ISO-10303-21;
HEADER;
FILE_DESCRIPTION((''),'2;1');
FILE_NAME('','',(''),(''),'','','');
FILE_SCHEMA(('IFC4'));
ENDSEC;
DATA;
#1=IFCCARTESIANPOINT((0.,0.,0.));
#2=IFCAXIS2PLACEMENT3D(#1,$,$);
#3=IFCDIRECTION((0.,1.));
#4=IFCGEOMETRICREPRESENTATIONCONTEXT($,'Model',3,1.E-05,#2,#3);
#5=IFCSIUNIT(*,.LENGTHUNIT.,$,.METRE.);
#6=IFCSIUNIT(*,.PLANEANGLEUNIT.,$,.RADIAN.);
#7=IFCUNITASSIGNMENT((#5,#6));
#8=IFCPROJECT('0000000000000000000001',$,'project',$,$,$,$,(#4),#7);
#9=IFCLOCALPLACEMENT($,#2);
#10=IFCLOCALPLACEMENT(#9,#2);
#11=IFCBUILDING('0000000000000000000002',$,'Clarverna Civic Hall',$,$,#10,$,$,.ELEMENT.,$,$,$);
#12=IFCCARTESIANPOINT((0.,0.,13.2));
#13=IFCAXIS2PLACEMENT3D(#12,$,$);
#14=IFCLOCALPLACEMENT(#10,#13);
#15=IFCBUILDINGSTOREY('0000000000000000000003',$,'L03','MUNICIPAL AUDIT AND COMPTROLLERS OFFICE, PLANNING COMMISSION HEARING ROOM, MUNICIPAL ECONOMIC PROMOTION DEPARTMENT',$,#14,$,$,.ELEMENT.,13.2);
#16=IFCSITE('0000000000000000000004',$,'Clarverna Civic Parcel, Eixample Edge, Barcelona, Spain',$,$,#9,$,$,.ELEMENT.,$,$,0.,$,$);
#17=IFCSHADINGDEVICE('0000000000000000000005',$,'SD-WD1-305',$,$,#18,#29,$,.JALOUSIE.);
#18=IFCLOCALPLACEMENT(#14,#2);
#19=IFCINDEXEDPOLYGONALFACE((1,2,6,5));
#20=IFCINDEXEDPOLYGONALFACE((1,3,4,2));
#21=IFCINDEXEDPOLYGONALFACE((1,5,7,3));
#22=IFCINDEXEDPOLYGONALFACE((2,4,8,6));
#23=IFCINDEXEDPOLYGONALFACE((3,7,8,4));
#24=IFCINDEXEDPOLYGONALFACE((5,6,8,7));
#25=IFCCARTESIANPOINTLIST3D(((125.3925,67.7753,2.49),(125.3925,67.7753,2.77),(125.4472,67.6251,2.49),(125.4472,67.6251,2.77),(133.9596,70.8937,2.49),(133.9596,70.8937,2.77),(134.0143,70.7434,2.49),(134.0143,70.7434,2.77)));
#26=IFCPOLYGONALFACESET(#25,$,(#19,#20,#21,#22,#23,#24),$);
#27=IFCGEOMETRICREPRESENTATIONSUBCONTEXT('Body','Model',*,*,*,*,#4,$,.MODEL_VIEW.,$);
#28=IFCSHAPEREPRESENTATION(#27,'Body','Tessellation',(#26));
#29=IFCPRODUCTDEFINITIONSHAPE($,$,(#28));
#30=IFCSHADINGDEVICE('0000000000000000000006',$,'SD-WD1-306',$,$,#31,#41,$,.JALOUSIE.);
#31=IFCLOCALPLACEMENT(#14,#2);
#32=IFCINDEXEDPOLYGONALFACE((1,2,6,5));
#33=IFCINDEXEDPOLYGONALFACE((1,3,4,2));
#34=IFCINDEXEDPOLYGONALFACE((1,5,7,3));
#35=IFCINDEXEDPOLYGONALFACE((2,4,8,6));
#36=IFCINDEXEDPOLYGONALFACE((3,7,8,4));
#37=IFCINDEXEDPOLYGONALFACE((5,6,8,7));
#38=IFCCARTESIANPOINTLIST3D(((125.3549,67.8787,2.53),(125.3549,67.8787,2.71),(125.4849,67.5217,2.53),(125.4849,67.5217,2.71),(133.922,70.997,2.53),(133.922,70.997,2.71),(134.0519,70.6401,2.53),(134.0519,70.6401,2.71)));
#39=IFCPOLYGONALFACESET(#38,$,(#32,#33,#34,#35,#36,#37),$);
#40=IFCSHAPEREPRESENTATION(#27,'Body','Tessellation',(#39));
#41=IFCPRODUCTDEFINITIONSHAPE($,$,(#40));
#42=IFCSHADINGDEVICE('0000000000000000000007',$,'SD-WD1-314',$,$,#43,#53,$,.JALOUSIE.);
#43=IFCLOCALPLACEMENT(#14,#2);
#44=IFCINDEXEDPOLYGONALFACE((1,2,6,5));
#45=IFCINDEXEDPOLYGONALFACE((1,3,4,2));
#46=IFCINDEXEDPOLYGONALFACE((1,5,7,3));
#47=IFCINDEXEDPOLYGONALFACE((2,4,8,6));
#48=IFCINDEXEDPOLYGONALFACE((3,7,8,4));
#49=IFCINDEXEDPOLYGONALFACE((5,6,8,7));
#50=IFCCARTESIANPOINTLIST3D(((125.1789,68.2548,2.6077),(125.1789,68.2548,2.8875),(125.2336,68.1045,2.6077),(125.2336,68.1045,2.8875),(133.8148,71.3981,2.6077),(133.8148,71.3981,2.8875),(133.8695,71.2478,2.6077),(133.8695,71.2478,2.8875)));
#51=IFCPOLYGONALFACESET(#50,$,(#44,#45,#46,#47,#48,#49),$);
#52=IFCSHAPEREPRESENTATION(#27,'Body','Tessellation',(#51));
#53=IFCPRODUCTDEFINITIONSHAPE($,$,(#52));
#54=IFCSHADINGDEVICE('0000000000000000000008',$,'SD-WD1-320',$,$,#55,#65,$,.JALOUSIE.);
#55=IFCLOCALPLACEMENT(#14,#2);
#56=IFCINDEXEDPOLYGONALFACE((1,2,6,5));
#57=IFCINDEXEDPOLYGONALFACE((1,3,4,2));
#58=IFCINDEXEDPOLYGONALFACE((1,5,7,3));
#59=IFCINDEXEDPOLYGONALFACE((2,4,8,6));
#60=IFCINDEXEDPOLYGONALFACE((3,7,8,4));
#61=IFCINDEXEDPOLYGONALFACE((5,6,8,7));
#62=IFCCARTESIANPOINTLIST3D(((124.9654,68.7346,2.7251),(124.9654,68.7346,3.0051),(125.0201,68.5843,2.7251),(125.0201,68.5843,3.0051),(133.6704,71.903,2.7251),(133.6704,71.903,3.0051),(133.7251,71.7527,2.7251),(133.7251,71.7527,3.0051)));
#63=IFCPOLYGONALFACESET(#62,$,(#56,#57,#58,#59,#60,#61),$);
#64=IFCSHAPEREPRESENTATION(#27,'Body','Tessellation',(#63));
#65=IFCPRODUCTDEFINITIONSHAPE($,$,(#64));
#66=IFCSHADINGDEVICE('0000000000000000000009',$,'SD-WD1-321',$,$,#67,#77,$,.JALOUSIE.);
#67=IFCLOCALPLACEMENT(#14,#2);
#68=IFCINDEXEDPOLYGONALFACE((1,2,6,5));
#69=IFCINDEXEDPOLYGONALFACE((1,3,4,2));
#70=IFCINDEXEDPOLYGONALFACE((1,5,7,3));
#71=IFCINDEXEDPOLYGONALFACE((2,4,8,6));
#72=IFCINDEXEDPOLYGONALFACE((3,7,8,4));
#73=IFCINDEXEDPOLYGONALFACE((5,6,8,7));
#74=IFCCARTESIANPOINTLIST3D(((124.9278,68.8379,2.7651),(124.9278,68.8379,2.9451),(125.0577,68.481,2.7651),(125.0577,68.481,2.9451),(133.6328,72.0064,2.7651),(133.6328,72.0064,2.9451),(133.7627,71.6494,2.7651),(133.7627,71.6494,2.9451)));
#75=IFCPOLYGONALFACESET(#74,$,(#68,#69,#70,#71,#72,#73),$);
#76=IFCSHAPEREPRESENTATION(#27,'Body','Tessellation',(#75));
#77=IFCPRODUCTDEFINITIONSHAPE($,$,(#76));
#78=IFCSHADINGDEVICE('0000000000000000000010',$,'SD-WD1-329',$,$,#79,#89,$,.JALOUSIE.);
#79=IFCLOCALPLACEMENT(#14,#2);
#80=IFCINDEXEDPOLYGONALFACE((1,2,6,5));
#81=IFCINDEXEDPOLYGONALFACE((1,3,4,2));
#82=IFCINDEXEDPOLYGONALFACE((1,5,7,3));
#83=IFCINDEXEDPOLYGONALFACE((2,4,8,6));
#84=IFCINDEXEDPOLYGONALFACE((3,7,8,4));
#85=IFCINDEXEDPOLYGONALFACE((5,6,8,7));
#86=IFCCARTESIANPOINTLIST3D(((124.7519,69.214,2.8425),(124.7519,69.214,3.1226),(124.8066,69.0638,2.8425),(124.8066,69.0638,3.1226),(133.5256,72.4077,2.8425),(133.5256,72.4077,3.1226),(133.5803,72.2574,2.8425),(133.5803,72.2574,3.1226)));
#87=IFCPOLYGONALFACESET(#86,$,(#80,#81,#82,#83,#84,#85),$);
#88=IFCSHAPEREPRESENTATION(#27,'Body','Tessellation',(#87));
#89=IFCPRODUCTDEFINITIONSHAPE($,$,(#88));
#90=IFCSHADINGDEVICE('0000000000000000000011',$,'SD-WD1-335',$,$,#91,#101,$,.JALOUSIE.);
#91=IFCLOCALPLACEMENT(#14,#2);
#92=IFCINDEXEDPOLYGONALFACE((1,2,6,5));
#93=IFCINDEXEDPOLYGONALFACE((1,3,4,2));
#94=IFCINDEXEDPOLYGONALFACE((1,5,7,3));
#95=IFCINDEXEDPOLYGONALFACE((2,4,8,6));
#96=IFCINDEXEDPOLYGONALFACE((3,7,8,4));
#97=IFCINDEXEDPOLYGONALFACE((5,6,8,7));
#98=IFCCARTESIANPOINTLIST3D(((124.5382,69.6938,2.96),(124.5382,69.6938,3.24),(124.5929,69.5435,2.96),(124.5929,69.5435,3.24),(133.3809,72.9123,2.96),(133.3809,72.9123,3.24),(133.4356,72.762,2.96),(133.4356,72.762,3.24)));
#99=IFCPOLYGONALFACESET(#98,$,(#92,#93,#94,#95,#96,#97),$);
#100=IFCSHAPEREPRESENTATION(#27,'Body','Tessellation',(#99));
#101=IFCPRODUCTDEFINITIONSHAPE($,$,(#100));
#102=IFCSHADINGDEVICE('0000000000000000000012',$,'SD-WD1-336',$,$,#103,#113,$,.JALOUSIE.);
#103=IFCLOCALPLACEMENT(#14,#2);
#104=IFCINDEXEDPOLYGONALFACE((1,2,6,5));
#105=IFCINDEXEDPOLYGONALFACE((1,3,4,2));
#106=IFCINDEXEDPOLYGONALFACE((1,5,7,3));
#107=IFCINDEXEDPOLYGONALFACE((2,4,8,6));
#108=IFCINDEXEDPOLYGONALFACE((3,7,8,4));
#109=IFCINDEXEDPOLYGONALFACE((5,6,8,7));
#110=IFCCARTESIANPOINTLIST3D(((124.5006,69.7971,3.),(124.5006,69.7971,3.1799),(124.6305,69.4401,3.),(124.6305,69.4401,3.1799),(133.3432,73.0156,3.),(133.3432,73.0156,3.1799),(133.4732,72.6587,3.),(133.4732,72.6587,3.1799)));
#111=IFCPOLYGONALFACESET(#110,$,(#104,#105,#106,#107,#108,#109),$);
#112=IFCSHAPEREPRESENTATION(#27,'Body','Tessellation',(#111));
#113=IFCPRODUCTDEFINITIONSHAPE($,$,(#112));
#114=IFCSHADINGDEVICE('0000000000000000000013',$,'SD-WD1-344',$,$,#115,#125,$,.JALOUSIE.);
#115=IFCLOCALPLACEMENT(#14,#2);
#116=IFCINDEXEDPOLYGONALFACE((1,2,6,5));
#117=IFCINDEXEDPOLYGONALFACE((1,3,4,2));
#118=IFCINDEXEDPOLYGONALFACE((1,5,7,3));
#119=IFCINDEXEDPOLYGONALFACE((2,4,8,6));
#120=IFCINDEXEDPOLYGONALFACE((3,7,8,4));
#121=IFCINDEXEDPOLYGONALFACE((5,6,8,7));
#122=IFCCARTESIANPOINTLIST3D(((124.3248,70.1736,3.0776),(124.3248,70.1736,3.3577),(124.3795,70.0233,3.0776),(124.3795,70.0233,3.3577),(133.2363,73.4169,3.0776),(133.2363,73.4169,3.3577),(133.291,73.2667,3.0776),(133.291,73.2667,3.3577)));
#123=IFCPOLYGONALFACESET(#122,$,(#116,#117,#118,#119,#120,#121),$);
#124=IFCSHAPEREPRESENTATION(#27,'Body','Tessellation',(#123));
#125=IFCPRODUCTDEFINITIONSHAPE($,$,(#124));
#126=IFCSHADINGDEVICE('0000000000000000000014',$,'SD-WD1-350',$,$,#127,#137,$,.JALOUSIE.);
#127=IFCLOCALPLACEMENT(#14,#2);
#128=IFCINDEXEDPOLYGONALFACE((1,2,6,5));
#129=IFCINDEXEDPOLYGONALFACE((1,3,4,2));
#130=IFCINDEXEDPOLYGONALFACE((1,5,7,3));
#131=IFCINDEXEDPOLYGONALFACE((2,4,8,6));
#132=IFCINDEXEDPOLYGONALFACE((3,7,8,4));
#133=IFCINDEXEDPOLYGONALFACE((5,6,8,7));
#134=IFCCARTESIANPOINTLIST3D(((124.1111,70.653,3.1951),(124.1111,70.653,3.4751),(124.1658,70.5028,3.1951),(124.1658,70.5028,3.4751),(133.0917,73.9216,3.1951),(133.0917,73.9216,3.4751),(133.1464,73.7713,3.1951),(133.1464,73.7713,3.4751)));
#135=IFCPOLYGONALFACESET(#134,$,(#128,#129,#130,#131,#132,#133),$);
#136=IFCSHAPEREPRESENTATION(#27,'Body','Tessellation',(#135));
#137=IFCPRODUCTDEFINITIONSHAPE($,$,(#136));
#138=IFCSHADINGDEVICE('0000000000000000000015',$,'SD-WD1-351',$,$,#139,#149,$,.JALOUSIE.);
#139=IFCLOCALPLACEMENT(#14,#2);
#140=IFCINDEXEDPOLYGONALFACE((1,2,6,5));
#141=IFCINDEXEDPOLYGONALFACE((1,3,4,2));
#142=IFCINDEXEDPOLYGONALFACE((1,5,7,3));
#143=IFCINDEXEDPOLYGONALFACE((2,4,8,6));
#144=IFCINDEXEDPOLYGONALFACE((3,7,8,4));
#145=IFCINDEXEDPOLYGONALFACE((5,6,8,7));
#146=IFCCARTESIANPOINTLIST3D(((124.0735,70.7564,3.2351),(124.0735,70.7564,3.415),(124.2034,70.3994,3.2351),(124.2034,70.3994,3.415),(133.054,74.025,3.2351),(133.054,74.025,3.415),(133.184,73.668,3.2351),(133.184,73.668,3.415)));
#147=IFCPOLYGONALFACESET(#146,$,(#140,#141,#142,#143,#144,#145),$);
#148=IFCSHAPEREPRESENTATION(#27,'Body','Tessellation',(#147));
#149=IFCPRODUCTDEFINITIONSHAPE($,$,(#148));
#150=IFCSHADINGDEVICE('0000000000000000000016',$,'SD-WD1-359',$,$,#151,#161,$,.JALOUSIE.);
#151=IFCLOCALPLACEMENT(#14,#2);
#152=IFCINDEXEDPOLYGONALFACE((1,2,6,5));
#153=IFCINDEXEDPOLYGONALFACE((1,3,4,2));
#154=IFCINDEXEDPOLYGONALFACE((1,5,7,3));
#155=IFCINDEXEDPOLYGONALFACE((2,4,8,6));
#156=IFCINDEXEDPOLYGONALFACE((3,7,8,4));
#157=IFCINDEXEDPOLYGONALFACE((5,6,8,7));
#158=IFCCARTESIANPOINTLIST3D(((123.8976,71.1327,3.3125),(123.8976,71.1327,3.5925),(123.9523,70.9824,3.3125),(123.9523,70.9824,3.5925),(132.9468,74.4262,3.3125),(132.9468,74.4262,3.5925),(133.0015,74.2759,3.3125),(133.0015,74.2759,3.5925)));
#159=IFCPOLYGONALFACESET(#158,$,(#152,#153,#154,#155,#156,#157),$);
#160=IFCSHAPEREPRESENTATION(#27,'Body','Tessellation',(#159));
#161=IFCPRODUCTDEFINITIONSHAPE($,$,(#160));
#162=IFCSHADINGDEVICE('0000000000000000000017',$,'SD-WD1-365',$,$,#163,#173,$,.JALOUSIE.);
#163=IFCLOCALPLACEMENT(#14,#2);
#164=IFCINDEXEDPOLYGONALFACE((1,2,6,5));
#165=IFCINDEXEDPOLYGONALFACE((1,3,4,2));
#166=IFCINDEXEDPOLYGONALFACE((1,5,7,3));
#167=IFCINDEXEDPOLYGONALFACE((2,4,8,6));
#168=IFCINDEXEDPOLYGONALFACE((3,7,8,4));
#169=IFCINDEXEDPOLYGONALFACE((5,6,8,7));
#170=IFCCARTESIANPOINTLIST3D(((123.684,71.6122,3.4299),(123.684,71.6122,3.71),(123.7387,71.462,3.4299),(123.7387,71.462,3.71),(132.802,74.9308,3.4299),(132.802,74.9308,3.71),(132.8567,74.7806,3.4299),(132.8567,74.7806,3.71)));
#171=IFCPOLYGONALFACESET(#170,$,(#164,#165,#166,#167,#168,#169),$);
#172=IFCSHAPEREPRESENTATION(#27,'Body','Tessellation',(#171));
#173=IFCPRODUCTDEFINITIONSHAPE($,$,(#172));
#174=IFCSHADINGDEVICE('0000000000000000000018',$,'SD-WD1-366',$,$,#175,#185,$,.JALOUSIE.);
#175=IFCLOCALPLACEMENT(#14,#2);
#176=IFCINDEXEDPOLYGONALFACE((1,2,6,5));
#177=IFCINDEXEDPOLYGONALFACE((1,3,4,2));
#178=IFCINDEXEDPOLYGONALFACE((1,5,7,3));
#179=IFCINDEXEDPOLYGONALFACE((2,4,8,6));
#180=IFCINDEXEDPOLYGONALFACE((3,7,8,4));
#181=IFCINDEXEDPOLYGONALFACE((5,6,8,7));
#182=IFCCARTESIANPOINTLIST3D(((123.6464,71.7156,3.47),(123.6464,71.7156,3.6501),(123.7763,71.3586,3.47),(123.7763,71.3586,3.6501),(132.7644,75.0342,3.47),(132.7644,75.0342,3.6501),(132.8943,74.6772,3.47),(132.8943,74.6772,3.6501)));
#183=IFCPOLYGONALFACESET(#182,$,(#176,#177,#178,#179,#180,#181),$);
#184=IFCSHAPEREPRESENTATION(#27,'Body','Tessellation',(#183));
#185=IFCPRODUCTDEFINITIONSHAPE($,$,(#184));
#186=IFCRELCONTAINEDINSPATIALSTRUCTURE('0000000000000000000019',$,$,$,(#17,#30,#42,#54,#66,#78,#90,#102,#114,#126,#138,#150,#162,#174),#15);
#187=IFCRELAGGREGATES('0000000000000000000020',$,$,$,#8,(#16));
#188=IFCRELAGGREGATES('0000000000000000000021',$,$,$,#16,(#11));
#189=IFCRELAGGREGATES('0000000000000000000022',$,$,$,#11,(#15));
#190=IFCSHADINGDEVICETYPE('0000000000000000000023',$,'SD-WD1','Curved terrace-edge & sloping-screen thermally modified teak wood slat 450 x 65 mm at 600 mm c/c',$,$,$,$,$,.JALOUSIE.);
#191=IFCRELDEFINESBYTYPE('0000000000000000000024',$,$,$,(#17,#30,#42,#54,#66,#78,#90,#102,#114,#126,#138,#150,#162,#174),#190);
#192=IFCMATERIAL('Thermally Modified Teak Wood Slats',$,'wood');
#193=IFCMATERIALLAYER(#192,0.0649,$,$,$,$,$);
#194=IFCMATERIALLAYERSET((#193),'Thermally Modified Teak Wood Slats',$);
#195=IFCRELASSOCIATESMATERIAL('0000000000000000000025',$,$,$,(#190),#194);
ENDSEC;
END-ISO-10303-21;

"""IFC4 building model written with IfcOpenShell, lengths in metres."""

from ifc_helpers import new_model, si_unit, direction, frame, frame_2d, origin, place, context, subcontext, project, spatial, rectangle, extrude, material, layer, layer_set, type_object, element, save


model = new_model("IFC4")

# Units and contexts
model_context = context("Model", 3, precision=1e-05, world=origin(), true_north=direction((0.0, 1.0)))
body_context = subcontext(model_context, "Body", "Model", "MODEL_VIEW")
ifc_project = project(units=[si_unit("LENGTHUNIT", "METRE"), si_unit("PLANEANGLEUNIT", "RADIAN")], contexts=[model_context])

# Site, building, storey
site_placement = place(None, origin())
site = spatial("IfcSite", under=ifc_project, at=site_placement, Name="Clarverna Civic Parcel, Eixample Edge, Barcelona, Spain", CompositionType="ELEMENT", RefElevation=0.0)
building_placement = place(site_placement, origin())
building = spatial("IfcBuilding", under=site, at=building_placement, Name="Clarverna Civic Hall", CompositionType="ELEMENT")
storey_placement = place(building_placement, frame((0.0, 0.0, 13.2)))
storey = spatial("IfcBuildingStorey", under=building, at=storey_placement, Name="L03", Description="MUNICIPAL AUDIT AND COMPTROLLERS OFFICE, PLANNING COMMISSION HEARING ROOM, MUNICIPAL ECONOMIC PROMOTION DEPARTMENT", CompositionType="ELEMENT", Elevation=13.2)

# Shading devices
ifc_material_1 = material(Name="Thermally Modified Teak Wood Slats", Category="wood")
ifc_layer_1 = layer(ifc_material_1, 0.0649)
ifc_layer_set_1 = layer_set([ifc_layer_1], Name="Thermally Modified Teak Wood Slats")
shading_device_type = type_object("IfcShadingDeviceType", Name="SD-WD1", Description="Curved terrace-edge & sloping-screen thermally modified teak wood slat 450 x 65 mm at 600 mm c/c", PredefinedType="JALOUSIE", material=ifc_layer_set_1)
shading_device_1_placement = place(storey_placement, frame((133.9871, 70.8186, 2.49), z_axis=(0.0, 0.0, 1.0), x_axis=(-0.939685, -0.342042, 0.0)))
element("IfcShadingDevice", 1, at=shading_device_1_placement, inside=storey, type_object=shading_device_type, Name="SD-WD1-305", PredefinedType="JALOUSIE", context=body_context, shape_type="SweptSolid", body=[
    extrude(rectangle(XDim=9.1169, YDim=0.1599, at=frame_2d((4.5586, 0.0))), origin(), (0.0, 0.0, 1.0), 0.28),
])
shading_device_2_placement = place(storey_placement, frame((133.9871, 70.8186, 2.53), z_axis=(0.0, 0.0, 1.0), x_axis=(-0.939685, -0.342042, 0.0)))
element("IfcShadingDevice", 2, at=shading_device_2_placement, inside=storey, type_object=shading_device_type, Name="SD-WD1-306", PredefinedType="JALOUSIE", context=body_context, shape_type="SweptSolid", body=[
    extrude(rectangle(XDim=9.1169, YDim=0.3799, at=frame_2d((4.5586, 0.0))), origin(), (0.0, 0.0, 1.0), 0.1799),
])
shading_device_3_placement = place(storey_placement, frame((133.8423, 71.323, 2.6077), z_axis=(0.0, 0.0, 1.0), x_axis=(-0.93969, -0.342027, 0.0)))
element("IfcShadingDevice", 3, at=shading_device_3_placement, inside=storey, type_object=shading_device_type, Name="SD-WD1-314", PredefinedType="JALOUSIE", context=body_context, shape_type="SweptSolid", body=[
    extrude(rectangle(XDim=9.1902, YDim=0.1599, at=frame_2d((4.5952, 0.0))), origin(), (0.0, 0.0, 1.0), 0.2798),
])
shading_device_4_placement = place(storey_placement, frame((133.6978, 71.8279, 2.7251), z_axis=(0.0, 0.0, 1.0), x_axis=(-0.93969, -0.342027, 0.0)))
element("IfcShadingDevice", 4, at=shading_device_4_placement, inside=storey, type_object=shading_device_type, Name="SD-WD1-320", PredefinedType="JALOUSIE", context=body_context, shape_type="SweptSolid", body=[
    extrude(rectangle(XDim=9.2637, YDim=0.1599, at=frame_2d((4.6318, 0.0))), origin(), (0.0, 0.0, 1.0), 0.28),
])
shading_device_5_placement = place(storey_placement, frame((133.6978, 71.8279, 2.7651), z_axis=(0.0, 0.0, 1.0), x_axis=(-0.93969, -0.342027, 0.0)))
element("IfcShadingDevice", 5, at=shading_device_5_placement, inside=storey, type_object=shading_device_type, Name="SD-WD1-321", PredefinedType="JALOUSIE", context=body_context, shape_type="SweptSolid", body=[
    extrude(rectangle(XDim=9.2637, YDim=0.3799, at=frame_2d((4.6318, 0.0))), origin(), (0.0, 0.0, 1.0), 0.1799),
])
shading_device_6_placement = place(storey_placement, frame((133.553, 72.3325, 2.8425), z_axis=(0.0, 0.0, 1.0), x_axis=(-0.939684, -0.342043, 0.0)))
element("IfcShadingDevice", 6, at=shading_device_6_placement, inside=storey, type_object=shading_device_type, Name="SD-WD1-329", PredefinedType="JALOUSIE", context=body_context, shape_type="SweptSolid", body=[
    extrude(rectangle(XDim=9.3369, YDim=0.1599, at=frame_2d((4.6685, 0.0))), origin(), (0.0, 0.0, 1.0), 0.28),
])
shading_device_7_placement = place(storey_placement, frame((133.4082, 72.8372, 2.96), z_axis=(0.0, 0.0, 1.0), x_axis=(-0.93969, -0.342028, 0.0)))
element("IfcShadingDevice", 7, at=shading_device_7_placement, inside=storey, type_object=shading_device_type, Name="SD-WD1-335", PredefinedType="JALOUSIE", context=body_context, shape_type="SweptSolid", body=[
    extrude(rectangle(XDim=9.4102, YDim=0.1599, at=frame_2d((4.7051, 0.0))), origin(), (0.0, 0.0, 1.0), 0.28),
])
shading_device_8_placement = place(storey_placement, frame((133.4082, 72.8372, 3.0), z_axis=(0.0, 0.0, 1.0), x_axis=(-0.93969, -0.342028, 0.0)))
element("IfcShadingDevice", 8, at=shading_device_8_placement, inside=storey, type_object=shading_device_type, Name="SD-WD1-336", PredefinedType="JALOUSIE", context=body_context, shape_type="SweptSolid", body=[
    extrude(rectangle(XDim=9.4102, YDim=0.3799, at=frame_2d((4.7051, 0.0))), origin(), (0.0, 0.0, 1.0), 0.1799),
])
shading_device_9_placement = place(storey_placement, frame((133.2637, 73.3418, 3.0776), z_axis=(0.0, 0.0, 1.0), x_axis=(-0.939698, -0.342006, 0.0)))
element("IfcShadingDevice", 9, at=shading_device_9_placement, inside=storey, type_object=shading_device_type, Name="SD-WD1-344", PredefinedType="JALOUSIE", context=body_context, shape_type="SweptSolid", body=[
    extrude(rectangle(XDim=9.4834, YDim=0.1599, at=frame_2d((4.7417, 0.0))), origin(), (0.0, 0.0, 1.0), 0.28),
])
shading_device_10_placement = place(storey_placement, frame((133.1189, 73.8464, 3.1951), z_axis=(0.0, 0.0, 1.0), x_axis=(-0.939695, -0.342014, 0.0)))
element("IfcShadingDevice", 10, at=shading_device_10_placement, inside=storey, type_object=shading_device_type, Name="SD-WD1-350", PredefinedType="JALOUSIE", context=body_context, shape_type="SweptSolid", body=[
    extrude(rectangle(XDim=9.5569, YDim=0.1599, at=frame_2d((4.7783, 0.0))), origin(), (0.0, 0.0, 1.0), 0.28),
])
shading_device_11_placement = place(storey_placement, frame((133.1189, 73.8464, 3.2351), z_axis=(0.0, 0.0, 1.0), x_axis=(-0.939695, -0.342014, 0.0)))
element("IfcShadingDevice", 11, at=shading_device_11_placement, inside=storey, type_object=shading_device_type, Name="SD-WD1-351", PredefinedType="JALOUSIE", context=body_context, shape_type="SweptSolid", body=[
    extrude(rectangle(XDim=9.5569, YDim=0.3799, at=frame_2d((4.7783, 0.0))), origin(), (0.0, 0.0, 1.0), 0.1799),
])
shading_device_12_placement = place(storey_placement, frame((132.9741, 74.3511, 3.3125), z_axis=(0.0, 0.0, 1.0), x_axis=(-0.939697, -0.342008, 0.0)))
element("IfcShadingDevice", 12, at=shading_device_12_placement, inside=storey, type_object=shading_device_type, Name="SD-WD1-359", PredefinedType="JALOUSIE", context=body_context, shape_type="SweptSolid", body=[
    extrude(rectangle(XDim=9.6299, YDim=0.1599, at=frame_2d((4.8149, 0.0))), origin(), (0.0, 0.0, 1.0), 0.28),
])
shading_device_13_placement = place(storey_placement, frame((132.8293, 74.8557, 3.4299), z_axis=(0.0, 0.0, 1.0), x_axis=(-0.939694, -0.342016, 0.0)))
element("IfcShadingDevice", 13, at=shading_device_13_placement, inside=storey, type_object=shading_device_type, Name="SD-WD1-365", PredefinedType="JALOUSIE", context=body_context, shape_type="SweptSolid", body=[
    extrude(rectangle(XDim=9.7031, YDim=0.1599, at=frame_2d((4.8516, 0.0))), origin(), (0.0, 0.0, 1.0), 0.28),
])
shading_device_14_placement = place(storey_placement, frame((132.8293, 74.8557, 3.47), z_axis=(0.0, 0.0, 1.0), x_axis=(-0.939694, -0.342016, 0.0)))
element("IfcShadingDevice", 14, at=shading_device_14_placement, inside=storey, type_object=shading_device_type, Name="SD-WD1-366", PredefinedType="JALOUSIE", context=body_context, shape_type="SweptSolid", body=[
    extrude(rectangle(XDim=9.7031, YDim=0.3799, at=frame_2d((4.8516, 0.0))), origin(), (0.0, 0.0, 1.0), 0.1802),
])

save(model, "model.ifc")
